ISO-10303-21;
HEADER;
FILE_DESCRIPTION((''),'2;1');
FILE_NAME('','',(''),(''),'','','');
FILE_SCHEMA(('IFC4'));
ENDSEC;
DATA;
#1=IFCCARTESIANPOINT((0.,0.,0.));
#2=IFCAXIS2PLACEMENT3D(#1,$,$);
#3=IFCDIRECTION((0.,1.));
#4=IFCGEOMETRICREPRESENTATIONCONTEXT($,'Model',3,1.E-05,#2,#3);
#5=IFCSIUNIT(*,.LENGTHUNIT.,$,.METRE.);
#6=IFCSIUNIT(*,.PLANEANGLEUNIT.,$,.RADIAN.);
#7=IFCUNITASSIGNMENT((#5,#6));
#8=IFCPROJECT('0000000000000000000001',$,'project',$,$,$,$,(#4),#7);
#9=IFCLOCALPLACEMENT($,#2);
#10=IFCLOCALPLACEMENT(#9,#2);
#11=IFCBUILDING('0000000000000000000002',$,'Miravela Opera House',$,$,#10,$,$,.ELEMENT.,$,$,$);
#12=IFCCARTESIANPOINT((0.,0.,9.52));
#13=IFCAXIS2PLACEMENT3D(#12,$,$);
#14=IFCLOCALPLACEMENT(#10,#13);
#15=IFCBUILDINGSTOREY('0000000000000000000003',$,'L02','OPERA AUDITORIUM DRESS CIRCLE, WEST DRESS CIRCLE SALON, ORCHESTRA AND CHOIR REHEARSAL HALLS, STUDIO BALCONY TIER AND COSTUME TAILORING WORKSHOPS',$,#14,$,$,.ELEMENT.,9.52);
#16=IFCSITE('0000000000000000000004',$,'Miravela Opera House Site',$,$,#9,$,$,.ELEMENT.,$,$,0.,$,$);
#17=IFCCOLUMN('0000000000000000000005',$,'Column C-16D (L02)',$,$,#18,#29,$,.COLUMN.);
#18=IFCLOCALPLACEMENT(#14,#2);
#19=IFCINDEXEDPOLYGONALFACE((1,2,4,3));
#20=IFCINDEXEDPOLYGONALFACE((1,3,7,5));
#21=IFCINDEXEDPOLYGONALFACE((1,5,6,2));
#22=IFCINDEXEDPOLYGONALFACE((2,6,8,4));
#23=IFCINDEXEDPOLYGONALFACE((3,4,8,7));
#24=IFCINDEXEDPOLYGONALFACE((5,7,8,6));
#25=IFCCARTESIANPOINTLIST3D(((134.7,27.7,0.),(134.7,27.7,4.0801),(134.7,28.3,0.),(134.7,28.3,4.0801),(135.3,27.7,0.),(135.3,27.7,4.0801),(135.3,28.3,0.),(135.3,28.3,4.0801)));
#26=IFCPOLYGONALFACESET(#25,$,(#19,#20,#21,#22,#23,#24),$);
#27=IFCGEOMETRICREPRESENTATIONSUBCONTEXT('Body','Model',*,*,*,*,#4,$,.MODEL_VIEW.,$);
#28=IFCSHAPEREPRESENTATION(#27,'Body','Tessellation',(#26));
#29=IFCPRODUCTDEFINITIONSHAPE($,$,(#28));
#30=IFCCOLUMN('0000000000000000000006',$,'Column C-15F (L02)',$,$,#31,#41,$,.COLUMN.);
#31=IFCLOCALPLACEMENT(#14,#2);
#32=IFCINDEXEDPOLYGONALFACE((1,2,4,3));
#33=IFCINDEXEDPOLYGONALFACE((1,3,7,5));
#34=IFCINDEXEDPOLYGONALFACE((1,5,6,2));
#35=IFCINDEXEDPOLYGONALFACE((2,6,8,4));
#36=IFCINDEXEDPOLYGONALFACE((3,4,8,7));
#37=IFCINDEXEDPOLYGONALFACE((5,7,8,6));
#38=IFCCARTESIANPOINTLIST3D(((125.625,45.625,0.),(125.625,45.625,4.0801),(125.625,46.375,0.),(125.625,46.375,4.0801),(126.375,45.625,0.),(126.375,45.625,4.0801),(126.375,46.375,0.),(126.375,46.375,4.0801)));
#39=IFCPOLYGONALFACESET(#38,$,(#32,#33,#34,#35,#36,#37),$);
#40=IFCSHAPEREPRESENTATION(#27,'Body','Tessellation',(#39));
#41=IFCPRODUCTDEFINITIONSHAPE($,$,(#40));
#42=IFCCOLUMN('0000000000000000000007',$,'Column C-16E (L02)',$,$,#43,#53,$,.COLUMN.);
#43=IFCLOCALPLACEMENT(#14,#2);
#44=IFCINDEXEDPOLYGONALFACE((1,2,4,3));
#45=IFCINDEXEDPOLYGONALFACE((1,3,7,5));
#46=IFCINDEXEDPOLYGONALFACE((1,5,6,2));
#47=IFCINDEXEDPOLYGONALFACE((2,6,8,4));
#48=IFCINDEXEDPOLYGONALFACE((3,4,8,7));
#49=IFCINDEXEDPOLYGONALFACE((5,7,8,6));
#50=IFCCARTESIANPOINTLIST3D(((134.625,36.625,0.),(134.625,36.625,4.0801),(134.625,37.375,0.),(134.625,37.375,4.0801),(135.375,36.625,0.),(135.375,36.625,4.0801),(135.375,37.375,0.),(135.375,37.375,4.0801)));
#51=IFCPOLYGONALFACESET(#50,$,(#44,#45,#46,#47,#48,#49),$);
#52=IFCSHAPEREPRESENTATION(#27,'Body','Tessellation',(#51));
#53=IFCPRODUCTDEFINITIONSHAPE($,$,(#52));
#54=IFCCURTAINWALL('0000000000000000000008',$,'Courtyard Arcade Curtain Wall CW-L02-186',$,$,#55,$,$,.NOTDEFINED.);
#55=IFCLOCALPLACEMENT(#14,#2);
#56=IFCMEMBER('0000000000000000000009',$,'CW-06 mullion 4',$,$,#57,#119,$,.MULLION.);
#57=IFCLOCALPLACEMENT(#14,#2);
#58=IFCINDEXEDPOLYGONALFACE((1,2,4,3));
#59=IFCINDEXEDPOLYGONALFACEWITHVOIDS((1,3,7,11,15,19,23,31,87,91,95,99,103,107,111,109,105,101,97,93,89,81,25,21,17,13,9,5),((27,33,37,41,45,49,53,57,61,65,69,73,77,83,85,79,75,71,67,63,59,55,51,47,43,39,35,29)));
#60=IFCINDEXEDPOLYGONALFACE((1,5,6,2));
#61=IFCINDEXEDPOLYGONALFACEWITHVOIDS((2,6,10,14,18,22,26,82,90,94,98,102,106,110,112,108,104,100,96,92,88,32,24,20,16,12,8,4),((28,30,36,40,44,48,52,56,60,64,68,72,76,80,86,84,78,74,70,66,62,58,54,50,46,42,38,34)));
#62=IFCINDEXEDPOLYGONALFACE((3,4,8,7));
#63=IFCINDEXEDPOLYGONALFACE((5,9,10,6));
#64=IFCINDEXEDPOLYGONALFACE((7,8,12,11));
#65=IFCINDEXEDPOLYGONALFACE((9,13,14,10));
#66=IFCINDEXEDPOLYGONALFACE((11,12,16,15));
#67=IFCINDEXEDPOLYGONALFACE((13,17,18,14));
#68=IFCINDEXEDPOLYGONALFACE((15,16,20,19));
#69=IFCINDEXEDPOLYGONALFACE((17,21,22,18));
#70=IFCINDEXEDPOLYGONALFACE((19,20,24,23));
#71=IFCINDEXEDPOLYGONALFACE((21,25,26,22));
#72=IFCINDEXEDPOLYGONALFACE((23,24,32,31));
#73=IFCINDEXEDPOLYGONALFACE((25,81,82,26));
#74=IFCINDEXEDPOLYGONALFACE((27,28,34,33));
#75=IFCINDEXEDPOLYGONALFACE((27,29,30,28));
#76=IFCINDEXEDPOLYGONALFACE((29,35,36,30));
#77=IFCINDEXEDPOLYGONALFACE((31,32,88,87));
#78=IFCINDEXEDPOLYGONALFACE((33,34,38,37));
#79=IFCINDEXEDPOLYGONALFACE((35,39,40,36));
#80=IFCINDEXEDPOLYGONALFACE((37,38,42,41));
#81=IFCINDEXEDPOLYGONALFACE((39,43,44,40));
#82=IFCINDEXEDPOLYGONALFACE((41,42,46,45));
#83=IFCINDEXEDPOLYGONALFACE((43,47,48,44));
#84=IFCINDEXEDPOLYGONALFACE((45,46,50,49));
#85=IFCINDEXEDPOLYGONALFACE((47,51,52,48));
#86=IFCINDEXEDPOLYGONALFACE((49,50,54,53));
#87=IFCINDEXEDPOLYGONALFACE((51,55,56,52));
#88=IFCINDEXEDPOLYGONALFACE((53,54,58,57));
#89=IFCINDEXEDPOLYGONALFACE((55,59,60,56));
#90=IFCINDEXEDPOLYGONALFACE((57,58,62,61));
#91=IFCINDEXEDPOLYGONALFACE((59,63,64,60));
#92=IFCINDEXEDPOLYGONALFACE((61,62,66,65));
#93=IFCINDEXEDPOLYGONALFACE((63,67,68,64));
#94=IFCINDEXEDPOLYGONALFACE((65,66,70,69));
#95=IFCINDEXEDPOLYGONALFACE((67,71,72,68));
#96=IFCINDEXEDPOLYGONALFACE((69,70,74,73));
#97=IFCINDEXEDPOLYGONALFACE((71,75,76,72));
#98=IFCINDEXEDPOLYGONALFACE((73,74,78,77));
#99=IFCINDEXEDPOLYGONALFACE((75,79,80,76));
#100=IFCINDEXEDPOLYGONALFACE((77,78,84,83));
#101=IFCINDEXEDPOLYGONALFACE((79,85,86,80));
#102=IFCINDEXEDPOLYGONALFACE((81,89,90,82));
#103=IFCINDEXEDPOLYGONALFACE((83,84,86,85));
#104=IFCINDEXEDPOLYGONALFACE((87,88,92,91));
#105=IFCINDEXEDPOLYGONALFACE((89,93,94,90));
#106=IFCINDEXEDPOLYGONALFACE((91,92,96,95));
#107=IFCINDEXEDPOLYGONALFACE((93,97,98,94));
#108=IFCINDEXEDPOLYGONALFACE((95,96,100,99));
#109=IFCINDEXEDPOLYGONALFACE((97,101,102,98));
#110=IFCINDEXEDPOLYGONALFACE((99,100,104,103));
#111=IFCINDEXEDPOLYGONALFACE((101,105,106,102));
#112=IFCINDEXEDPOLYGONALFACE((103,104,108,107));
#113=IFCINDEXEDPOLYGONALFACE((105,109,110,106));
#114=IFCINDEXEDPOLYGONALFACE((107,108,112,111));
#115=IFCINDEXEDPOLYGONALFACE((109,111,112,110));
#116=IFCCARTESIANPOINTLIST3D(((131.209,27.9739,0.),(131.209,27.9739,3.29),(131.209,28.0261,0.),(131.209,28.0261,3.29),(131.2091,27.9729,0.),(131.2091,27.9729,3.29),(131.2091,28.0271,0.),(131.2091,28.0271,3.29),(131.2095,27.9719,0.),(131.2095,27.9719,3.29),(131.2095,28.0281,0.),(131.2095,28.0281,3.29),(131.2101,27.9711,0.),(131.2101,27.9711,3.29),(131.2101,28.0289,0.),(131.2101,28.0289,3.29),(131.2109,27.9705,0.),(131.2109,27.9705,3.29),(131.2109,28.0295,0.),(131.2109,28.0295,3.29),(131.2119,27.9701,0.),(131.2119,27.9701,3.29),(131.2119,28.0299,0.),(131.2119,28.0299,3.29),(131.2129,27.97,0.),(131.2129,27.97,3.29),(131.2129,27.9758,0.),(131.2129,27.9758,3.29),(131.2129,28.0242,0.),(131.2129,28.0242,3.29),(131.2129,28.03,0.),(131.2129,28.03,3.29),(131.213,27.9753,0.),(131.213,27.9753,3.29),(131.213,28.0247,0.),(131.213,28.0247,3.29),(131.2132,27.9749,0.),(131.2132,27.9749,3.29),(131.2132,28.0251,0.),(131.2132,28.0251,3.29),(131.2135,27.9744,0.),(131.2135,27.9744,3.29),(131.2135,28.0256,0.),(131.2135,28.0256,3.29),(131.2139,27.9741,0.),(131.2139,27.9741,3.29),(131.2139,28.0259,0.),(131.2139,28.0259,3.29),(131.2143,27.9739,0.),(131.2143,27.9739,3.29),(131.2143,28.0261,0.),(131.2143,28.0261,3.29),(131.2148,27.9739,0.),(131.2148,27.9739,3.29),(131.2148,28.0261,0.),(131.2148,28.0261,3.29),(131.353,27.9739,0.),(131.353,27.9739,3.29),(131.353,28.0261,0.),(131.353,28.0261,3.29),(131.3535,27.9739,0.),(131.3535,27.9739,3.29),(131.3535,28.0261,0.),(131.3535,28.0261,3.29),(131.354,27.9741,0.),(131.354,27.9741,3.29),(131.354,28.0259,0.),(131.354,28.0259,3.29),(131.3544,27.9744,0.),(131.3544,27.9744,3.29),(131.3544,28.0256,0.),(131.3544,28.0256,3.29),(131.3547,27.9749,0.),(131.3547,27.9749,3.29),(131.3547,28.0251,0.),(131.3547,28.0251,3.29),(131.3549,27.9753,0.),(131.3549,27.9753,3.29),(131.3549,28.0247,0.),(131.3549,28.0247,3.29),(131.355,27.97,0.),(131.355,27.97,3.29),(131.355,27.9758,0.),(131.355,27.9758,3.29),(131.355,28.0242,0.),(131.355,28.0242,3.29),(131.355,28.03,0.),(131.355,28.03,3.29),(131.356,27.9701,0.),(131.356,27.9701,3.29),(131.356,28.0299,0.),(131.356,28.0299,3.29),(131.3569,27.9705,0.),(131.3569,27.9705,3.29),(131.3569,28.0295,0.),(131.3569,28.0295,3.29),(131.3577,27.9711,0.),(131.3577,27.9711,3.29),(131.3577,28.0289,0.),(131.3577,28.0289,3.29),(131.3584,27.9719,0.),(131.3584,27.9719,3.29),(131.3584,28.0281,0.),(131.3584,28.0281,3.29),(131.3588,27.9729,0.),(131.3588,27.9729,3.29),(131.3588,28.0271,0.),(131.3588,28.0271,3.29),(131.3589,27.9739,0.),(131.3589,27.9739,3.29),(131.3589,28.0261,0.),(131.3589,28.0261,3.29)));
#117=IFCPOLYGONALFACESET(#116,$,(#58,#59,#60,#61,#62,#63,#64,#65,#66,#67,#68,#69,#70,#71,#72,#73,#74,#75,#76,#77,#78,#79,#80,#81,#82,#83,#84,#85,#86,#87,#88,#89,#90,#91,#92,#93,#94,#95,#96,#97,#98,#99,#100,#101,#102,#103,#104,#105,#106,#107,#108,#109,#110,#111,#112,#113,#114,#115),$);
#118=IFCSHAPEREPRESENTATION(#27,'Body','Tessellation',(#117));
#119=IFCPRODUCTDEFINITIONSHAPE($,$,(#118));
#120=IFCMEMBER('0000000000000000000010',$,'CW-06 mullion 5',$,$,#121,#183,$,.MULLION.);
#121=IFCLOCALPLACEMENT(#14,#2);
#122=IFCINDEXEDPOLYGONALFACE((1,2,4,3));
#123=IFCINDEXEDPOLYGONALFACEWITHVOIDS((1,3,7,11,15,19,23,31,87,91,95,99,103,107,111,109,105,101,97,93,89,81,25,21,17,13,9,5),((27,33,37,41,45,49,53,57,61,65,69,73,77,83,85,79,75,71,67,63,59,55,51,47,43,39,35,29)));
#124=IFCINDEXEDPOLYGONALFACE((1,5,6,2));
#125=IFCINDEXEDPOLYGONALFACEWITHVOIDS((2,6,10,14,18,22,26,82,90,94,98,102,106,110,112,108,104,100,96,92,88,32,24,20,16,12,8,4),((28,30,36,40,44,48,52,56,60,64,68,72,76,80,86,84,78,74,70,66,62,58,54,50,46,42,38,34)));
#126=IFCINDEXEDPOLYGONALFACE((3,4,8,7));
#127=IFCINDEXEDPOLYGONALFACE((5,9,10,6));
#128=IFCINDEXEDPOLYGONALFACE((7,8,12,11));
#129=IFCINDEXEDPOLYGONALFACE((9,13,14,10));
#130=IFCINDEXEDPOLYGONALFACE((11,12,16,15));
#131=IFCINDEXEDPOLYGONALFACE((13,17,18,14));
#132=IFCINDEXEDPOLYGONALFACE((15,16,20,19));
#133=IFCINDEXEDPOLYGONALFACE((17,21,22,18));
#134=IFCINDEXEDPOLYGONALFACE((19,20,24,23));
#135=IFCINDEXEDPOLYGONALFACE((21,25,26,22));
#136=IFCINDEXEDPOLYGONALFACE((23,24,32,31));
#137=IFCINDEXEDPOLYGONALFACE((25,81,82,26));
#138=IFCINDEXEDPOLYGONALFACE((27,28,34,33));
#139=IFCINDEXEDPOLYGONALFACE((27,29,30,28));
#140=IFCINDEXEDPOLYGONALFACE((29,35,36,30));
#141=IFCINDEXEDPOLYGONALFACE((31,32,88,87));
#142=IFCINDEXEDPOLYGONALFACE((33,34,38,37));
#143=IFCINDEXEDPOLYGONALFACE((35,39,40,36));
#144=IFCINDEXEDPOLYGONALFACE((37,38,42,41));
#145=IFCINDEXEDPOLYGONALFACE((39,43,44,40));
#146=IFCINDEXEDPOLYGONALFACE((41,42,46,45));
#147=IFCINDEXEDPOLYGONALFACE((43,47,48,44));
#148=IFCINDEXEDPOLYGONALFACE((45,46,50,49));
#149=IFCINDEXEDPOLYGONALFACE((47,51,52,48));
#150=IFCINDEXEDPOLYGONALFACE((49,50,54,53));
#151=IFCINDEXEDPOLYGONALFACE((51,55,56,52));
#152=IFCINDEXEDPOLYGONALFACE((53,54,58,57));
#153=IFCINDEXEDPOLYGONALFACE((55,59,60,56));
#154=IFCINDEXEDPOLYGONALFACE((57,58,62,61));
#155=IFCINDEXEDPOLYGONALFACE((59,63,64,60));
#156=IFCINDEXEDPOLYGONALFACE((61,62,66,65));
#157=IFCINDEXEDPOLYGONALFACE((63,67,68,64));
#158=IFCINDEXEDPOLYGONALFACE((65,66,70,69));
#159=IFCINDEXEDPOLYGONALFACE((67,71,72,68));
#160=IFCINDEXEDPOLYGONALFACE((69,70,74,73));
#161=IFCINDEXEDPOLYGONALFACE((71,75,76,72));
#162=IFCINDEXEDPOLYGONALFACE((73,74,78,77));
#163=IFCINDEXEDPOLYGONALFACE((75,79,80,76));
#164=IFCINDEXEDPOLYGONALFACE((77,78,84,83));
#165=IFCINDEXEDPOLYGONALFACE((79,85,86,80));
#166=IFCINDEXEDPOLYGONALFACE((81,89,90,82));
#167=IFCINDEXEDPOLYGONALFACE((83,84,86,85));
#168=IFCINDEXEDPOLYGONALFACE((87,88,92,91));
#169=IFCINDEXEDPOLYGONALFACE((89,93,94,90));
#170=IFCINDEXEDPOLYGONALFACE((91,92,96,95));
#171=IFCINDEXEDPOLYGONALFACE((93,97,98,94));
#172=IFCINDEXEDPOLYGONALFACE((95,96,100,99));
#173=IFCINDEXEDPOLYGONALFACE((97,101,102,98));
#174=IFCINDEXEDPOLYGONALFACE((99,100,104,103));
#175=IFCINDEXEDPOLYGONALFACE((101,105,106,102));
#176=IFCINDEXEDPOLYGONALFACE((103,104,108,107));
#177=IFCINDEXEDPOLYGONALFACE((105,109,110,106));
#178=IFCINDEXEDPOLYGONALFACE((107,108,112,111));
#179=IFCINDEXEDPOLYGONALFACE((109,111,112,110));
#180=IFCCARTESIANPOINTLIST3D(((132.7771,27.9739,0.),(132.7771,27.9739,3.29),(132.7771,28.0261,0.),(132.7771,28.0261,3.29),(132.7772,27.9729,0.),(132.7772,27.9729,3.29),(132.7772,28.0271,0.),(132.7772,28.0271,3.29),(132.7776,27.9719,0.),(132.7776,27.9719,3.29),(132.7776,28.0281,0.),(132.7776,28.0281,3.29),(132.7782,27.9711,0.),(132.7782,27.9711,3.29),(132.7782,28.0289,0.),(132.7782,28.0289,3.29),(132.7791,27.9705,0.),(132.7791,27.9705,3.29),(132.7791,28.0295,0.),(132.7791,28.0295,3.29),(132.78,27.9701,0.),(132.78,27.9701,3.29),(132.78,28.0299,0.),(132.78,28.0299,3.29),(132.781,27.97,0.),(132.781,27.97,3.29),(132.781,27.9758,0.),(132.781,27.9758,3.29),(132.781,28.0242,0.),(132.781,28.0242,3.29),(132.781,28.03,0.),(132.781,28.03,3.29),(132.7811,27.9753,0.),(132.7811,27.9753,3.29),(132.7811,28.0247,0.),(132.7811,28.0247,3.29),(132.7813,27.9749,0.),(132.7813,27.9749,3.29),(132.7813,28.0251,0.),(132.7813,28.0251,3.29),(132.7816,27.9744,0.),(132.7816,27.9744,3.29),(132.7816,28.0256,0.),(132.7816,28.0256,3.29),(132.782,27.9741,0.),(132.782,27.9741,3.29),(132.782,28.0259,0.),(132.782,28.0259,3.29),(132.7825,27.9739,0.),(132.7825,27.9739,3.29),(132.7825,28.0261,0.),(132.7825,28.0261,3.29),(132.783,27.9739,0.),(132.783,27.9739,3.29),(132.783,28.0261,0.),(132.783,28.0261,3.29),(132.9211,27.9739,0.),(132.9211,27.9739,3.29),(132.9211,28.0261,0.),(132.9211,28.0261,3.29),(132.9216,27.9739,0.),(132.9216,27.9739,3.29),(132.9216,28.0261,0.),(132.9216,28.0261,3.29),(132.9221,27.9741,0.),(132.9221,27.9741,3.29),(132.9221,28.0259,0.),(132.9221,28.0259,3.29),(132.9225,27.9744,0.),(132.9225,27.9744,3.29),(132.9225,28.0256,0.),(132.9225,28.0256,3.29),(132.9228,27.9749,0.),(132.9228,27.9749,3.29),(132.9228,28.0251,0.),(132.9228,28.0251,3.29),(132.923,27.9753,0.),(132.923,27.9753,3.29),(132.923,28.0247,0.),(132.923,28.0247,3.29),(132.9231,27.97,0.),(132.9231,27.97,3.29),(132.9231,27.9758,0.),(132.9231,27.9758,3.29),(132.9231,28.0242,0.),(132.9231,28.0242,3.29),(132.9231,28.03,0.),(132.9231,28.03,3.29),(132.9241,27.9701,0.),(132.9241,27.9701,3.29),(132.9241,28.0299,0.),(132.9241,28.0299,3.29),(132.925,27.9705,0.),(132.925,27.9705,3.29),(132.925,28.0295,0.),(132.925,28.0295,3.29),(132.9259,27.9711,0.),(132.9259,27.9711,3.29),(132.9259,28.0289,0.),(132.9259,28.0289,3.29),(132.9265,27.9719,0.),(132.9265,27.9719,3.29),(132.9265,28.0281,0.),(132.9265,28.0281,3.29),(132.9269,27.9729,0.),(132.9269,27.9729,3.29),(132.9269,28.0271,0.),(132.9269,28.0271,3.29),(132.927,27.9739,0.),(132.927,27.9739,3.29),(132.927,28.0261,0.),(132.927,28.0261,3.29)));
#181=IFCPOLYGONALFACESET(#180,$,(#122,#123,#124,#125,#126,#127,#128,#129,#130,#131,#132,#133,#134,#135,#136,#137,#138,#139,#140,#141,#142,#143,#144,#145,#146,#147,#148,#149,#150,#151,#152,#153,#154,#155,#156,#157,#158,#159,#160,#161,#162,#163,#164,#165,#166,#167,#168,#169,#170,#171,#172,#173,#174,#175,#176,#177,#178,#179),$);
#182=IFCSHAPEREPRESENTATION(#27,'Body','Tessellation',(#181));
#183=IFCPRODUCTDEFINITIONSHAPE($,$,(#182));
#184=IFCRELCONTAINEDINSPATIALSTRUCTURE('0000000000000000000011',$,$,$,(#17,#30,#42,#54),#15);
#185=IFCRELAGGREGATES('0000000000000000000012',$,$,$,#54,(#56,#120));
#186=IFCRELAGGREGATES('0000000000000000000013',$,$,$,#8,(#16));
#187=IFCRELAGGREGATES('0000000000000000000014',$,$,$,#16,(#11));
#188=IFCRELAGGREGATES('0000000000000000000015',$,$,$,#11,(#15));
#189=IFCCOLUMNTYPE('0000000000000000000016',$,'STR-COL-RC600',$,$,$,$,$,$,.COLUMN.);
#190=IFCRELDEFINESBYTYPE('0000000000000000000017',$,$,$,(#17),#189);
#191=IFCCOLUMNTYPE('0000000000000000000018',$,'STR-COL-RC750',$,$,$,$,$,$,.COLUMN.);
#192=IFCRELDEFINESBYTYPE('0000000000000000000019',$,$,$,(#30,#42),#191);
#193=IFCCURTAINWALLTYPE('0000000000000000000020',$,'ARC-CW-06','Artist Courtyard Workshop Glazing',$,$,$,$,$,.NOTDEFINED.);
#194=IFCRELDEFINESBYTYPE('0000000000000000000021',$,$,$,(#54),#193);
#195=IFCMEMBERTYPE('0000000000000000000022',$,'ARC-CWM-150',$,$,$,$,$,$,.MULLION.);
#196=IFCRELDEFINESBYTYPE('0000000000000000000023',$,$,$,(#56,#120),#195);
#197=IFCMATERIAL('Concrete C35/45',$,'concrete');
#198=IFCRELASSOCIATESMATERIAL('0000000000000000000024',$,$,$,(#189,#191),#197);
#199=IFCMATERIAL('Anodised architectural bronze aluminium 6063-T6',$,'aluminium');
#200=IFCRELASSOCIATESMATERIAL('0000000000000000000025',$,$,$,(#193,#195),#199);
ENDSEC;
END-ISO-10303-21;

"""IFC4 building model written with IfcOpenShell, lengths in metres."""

from ifc_helpers import new_model, si_unit, direction, frame, origin, origin_2d, place, context, subcontext, project, spatial, rectangle, hollow_rectangle, extrude, material, material_profile, profile_set, type_object, element, aggregate, save


model = new_model("IFC4")

# Units and contexts
model_context = context("Model", 3, precision=1e-05, world=origin(), true_north=direction((0.0, 1.0)))
body_context = subcontext(model_context, "Body", "Model", "MODEL_VIEW")
ifc_project = project(units=[si_unit("LENGTHUNIT", "METRE"), si_unit("PLANEANGLEUNIT", "RADIAN")], contexts=[model_context])

# Site, building, storey
site_placement = place(None, origin())
site = spatial("IfcSite", under=ifc_project, at=site_placement, Name="Miravela Opera House Site", CompositionType="ELEMENT", RefElevation=0.0)
building_placement = place(site_placement, origin())
building = spatial("IfcBuilding", under=site, at=building_placement, Name="Miravela Opera House", CompositionType="ELEMENT")
storey_placement = place(building_placement, frame((0.0, 0.0, 9.52)))
storey = spatial("IfcBuildingStorey", under=building, at=storey_placement, Name="L02", Description="OPERA AUDITORIUM DRESS CIRCLE, WEST DRESS CIRCLE SALON, ORCHESTRA AND CHOIR REHEARSAL HALLS, STUDIO BALCONY TIER AND COSTUME TAILORING WORKSHOPS", CompositionType="ELEMENT", Elevation=9.52)

# Columns
ifc_material_1 = material(Name="Concrete C35/45", Category="concrete")
ifc_material_profile_1 = material_profile(ifc_material_1, rectangle(XDim=0.6001, YDim=0.6001, at=origin_2d()), Name="RC-COL-600X600")
ifc_profile_set_1 = profile_set([ifc_material_profile_1])
column_type_1 = type_object("IfcColumnType", Name="STR-COL-RC600", PredefinedType="COLUMN", material=ifc_profile_set_1)
column_placement = place(storey_placement, frame((135.0, 28.0, 0.0), z_axis=(0.0, 0.0, 1.0), x_axis=(1.0, 0.0, 0.0)))
element("IfcColumn", 1, at=column_placement, inside=storey, type_object=column_type_1, Name="Column C-16D (L02)", PredefinedType="COLUMN", context=body_context, shape_type="SweptSolid", body=[
    extrude(rectangle(XDim=0.6001, YDim=0.6001, at=origin_2d()), origin(), (0.0, 0.0, 1.0), 4.0801),
])
ifc_material_profile_2 = material_profile(ifc_material_1, rectangle(XDim=0.75, YDim=0.75, at=origin_2d()), Name="RC-COL-750X750")
ifc_profile_set_2 = profile_set([ifc_material_profile_2])
column_type_2 = type_object("IfcColumnType", Name="STR-COL-RC750", PredefinedType="COLUMN", material=ifc_profile_set_2)
for number, where, z_axis, x_axis, name in (
    (2, (126.0, 46.0, 0.0), (0.0, 0.0, 1.0), (1.0, 0.0, 0.0), "Column C-15F (L02)"),
    (3, (135.0, 37.0, 0.0), (0.0, 0.0, 1.0), (1.0, 0.0, 0.0), "Column C-16E (L02)"),
):
    element("IfcColumn", number, at=place(storey_placement, frame(where, z_axis=z_axis, x_axis=x_axis)), inside=storey, type_object=column_type_2, Name=name, PredefinedType="COLUMN", context=body_context, shape_type="SweptSolid", body=[
        extrude(rectangle(XDim=0.75, YDim=0.75, at=origin_2d()), origin(), (0.0, 0.0, 1.0), 4.0801),
    ])

# Curtain wall, members
ifc_material_2 = material(Name="Anodised architectural bronze aluminium 6063-T6", Category="aluminium")
curtain_wall_type = type_object("IfcCurtainWallType", Name="ARC-CW-06", Description="Artist Courtyard Workshop Glazing", PredefinedType="NOTDEFINED", material=ifc_material_2)
curtain_wall_placement = place(storey_placement, origin())
curtain_wall = element("IfcCurtainWall", 4, at=curtain_wall_placement, inside=storey, type_object=curtain_wall_type, Name="Courtyard Arcade Curtain Wall CW-L02-186", PredefinedType="NOTDEFINED")
ifc_material_profile_3 = material_profile(ifc_material_2, hollow_rectangle(XDim=0.0601, YDim=0.1499, WallThickness=0.0039, InnerFilletRadius=0.002, OuterFilletRadius=0.0039, at=origin_2d()), Name="CWM-60X150")
ifc_profile_set_3 = profile_set([ifc_material_profile_3])
member_type_1 = type_object("IfcMemberType", Name="ARC-CWM-150", PredefinedType="MULLION", material=ifc_profile_set_3)
member_1_placement = place(storey_placement, frame((131.2839, 28.0, 0.0), z_axis=(0.0, 0.0, 1.0), x_axis=(0.0, 1.0, 0.0)))
member_1 = element("IfcMember", 5, at=member_1_placement, type_object=member_type_1, Name="CW-06 mullion 4", PredefinedType="MULLION", context=body_context, shape_type="SweptSolid", body=[
    extrude(hollow_rectangle(XDim=0.0601, YDim=0.1499, WallThickness=0.0039, InnerFilletRadius=0.002, OuterFilletRadius=0.0039, at=origin_2d()), origin(), (0.0, 0.0, 1.0), 3.29),
])
member_2_placement = place(storey_placement, frame((132.8521, 28.0, 0.0), z_axis=(0.0, 0.0, 1.0), x_axis=(0.0, 1.0, 0.0)))
member_2 = element("IfcMember", 6, at=member_2_placement, type_object=member_type_1, Name="CW-06 mullion 5", PredefinedType="MULLION", context=body_context, shape_type="SweptSolid", body=[
    extrude(hollow_rectangle(XDim=0.0601, YDim=0.1499, WallThickness=0.0039, InnerFilletRadius=0.002, OuterFilletRadius=0.0039, at=origin_2d()), origin(), (0.0, 0.0, 1.0), 3.29),
])

aggregate(curtain_wall, [member_1, member_2])

save(model, "model.ifc")
